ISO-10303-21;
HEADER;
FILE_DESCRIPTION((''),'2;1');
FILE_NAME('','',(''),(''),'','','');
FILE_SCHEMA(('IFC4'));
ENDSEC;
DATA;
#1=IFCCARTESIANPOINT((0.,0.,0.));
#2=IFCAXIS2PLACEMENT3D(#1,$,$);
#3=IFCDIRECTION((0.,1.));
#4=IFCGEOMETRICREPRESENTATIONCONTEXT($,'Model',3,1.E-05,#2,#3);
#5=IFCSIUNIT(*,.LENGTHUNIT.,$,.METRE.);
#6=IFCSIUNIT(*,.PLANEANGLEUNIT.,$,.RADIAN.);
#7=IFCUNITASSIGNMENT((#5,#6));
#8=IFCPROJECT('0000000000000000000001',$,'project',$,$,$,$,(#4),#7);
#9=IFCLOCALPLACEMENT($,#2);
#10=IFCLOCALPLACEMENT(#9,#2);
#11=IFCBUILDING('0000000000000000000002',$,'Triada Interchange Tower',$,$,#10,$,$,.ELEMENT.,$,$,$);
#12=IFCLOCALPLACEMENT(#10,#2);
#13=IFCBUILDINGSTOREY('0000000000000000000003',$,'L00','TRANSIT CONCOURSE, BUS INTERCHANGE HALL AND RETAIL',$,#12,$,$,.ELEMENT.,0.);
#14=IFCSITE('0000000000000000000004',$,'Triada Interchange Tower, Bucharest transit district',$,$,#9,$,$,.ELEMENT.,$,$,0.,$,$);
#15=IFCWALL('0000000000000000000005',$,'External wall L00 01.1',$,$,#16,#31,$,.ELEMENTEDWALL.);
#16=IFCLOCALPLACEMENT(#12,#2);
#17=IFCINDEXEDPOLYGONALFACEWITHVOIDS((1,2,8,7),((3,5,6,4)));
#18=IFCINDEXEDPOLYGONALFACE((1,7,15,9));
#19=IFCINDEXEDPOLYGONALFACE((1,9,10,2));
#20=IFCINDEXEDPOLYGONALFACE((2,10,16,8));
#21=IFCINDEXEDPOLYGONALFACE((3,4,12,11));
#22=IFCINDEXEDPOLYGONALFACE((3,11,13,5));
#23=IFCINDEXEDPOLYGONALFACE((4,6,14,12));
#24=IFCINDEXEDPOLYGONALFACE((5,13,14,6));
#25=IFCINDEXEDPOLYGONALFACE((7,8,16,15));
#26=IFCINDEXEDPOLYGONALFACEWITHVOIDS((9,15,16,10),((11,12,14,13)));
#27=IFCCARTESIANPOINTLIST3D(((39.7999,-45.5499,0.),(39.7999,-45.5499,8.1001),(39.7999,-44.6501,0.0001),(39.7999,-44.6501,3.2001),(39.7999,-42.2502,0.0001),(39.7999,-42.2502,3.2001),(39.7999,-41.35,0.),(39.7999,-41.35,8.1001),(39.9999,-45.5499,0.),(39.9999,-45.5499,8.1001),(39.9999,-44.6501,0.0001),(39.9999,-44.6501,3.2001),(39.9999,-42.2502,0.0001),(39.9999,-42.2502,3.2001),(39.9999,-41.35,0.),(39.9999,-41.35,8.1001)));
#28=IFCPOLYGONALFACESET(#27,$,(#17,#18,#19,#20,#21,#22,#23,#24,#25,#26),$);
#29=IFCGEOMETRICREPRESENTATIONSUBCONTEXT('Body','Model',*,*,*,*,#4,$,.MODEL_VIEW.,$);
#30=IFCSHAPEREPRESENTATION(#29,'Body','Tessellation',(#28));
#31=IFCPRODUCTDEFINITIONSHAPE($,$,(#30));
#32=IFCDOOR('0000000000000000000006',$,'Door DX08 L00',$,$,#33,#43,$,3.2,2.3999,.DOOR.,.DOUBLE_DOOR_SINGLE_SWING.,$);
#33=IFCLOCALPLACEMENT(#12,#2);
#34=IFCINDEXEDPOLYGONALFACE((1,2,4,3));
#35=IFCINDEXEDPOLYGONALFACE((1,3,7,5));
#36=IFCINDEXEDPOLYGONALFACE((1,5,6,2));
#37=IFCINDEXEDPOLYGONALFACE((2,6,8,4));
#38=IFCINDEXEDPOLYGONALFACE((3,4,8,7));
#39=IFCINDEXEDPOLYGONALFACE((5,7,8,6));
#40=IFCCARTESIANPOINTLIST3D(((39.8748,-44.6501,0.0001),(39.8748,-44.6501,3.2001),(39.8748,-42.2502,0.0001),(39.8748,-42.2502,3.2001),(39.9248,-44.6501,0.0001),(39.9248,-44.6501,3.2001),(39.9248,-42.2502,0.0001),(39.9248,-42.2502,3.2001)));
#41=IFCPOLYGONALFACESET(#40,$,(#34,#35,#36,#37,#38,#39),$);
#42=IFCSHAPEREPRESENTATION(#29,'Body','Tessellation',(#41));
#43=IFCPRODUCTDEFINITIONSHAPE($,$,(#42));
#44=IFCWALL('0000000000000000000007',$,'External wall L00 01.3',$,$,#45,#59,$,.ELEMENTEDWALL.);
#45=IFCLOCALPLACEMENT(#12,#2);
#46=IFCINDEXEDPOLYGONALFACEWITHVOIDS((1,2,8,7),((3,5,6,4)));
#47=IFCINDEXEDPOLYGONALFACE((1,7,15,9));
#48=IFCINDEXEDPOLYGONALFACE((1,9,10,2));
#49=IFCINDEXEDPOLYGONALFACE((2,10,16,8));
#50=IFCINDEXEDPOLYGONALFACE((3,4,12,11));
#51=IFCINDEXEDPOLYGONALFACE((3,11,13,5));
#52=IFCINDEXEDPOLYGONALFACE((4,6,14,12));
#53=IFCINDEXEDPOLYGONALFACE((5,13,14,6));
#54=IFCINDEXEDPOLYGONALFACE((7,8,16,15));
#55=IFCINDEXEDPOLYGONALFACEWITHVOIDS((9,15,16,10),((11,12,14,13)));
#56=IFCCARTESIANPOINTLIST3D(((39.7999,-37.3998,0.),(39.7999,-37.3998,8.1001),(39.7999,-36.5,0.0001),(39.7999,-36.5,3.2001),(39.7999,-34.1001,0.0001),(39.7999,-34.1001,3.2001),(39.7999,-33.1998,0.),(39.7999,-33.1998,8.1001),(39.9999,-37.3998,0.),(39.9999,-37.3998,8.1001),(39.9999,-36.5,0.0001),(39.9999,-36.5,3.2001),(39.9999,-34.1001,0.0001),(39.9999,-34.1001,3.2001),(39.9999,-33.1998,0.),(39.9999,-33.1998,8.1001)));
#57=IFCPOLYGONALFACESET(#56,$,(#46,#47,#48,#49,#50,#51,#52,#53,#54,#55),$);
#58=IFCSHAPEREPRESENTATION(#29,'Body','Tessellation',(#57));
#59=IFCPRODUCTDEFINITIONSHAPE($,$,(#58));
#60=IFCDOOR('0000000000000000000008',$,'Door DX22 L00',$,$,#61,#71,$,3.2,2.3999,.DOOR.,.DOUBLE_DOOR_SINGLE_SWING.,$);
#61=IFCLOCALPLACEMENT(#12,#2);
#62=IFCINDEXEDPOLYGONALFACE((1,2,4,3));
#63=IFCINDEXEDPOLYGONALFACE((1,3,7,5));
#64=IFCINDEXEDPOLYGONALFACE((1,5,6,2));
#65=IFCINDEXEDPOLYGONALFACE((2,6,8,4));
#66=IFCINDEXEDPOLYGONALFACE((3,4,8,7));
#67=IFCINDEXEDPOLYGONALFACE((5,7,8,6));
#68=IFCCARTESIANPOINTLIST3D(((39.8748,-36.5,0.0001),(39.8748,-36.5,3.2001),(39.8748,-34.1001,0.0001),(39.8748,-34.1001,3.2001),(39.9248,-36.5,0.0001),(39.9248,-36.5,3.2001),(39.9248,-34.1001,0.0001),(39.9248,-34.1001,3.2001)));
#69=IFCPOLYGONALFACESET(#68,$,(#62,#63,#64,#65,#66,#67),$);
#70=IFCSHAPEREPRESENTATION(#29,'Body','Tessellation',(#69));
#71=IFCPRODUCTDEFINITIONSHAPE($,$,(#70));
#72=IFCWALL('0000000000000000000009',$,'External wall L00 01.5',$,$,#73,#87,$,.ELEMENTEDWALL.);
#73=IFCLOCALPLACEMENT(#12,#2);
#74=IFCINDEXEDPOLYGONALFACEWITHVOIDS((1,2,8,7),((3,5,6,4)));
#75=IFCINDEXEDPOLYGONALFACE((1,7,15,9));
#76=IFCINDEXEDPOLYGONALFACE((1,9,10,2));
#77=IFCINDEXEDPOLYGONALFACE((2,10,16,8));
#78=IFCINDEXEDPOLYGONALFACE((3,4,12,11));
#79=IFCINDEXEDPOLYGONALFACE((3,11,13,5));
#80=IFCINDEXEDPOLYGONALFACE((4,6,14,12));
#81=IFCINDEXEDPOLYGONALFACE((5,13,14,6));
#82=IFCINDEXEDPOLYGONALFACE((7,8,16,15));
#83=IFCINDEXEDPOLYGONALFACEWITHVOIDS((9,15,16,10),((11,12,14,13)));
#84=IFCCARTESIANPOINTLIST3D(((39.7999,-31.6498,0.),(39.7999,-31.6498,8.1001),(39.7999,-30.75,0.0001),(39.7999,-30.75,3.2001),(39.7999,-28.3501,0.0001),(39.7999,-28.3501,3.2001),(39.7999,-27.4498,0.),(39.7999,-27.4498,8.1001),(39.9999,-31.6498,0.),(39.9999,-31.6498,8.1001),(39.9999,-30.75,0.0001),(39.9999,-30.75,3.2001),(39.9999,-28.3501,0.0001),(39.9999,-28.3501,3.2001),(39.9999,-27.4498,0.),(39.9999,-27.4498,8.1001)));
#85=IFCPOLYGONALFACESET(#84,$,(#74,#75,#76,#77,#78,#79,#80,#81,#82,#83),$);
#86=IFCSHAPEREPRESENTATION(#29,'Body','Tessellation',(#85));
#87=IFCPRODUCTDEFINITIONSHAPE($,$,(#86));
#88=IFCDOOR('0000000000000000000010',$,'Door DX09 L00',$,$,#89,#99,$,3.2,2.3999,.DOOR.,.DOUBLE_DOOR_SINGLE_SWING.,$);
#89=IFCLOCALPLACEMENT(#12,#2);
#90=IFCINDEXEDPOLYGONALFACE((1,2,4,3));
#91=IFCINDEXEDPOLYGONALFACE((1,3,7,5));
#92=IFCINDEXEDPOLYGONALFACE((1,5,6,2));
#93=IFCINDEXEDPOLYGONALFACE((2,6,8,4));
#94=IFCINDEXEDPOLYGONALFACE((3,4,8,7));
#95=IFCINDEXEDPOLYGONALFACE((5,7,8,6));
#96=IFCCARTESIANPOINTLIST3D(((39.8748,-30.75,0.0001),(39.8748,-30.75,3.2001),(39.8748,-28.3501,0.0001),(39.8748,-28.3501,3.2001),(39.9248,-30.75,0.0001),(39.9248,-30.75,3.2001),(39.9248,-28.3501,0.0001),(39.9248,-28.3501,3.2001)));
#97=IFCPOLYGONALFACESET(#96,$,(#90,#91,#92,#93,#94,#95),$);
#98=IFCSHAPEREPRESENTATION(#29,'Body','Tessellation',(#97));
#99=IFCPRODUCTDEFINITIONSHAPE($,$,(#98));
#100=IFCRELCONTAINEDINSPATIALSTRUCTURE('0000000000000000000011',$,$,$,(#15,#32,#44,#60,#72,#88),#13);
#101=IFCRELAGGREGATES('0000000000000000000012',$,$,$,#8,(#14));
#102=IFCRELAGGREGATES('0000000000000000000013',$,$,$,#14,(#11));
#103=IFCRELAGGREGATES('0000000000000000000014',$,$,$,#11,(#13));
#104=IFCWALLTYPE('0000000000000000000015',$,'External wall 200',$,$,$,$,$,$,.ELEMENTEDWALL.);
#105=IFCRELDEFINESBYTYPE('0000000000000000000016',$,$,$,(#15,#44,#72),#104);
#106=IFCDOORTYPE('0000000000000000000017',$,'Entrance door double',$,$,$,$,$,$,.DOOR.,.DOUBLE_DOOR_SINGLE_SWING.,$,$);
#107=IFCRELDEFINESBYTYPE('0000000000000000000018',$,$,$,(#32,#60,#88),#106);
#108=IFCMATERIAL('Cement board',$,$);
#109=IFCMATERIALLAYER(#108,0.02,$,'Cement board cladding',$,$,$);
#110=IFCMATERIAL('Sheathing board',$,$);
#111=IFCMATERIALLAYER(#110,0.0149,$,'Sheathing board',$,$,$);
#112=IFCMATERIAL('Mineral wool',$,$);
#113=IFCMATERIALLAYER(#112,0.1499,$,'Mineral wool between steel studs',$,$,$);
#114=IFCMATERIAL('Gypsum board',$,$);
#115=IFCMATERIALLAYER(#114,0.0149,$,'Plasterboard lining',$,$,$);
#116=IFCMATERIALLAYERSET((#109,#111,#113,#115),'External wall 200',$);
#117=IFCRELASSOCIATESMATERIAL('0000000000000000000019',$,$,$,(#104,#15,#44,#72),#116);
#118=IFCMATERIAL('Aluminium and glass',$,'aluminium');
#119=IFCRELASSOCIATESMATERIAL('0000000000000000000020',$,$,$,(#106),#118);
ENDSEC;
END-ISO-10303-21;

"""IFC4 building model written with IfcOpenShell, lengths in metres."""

from ifc_helpers import new_model, si_unit, direction, frame, frame_2d, origin, place, context, subcontext, project, spatial, rectangle, extrude, material, layer, layer_set, layer_usage, type_object, element, fill, save


model = new_model("IFC4")

# Units and contexts
model_context = context("Model", 3, precision=1e-05, world=origin(), true_north=direction((0.0, 1.0)))
body_context = subcontext(model_context, "Body", "Model", "MODEL_VIEW")
ifc_project = project(units=[si_unit("LENGTHUNIT", "METRE"), si_unit("PLANEANGLEUNIT", "RADIAN")], contexts=[model_context])

# Site, building, storey
site_placement = place(None, origin())
site = spatial("IfcSite", under=ifc_project, at=site_placement, Name="Triada Interchange Tower, Bucharest transit district", CompositionType="ELEMENT", RefElevation=0.0)
building_placement = place(site_placement, origin())
building = spatial("IfcBuilding", under=site, at=building_placement, Name="Triada Interchange Tower", CompositionType="ELEMENT")
storey_placement = place(building_placement, origin())
storey = spatial("IfcBuildingStorey", under=building, at=storey_placement, Name="L00", Description="TRANSIT CONCOURSE, BUS INTERCHANGE HALL AND RETAIL", CompositionType="ELEMENT", Elevation=0.0)

# Walls, openings, doors
ifc_material_1 = material(Name="Cement board")
ifc_layer_1 = layer(ifc_material_1, 0.02, Name="Cement board cladding")
ifc_material_2 = material(Name="Sheathing board")
ifc_layer_2 = layer(ifc_material_2, 0.0149, Name="Sheathing board")
ifc_material_3 = material(Name="Mineral wool")
ifc_layer_3 = layer(ifc_material_3, 0.1499, Name="Mineral wool between steel studs")
ifc_material_4 = material(Name="Gypsum board")
ifc_layer_4 = layer(ifc_material_4, 0.0149, Name="Plasterboard lining")
ifc_layer_set_1 = layer_set([ifc_layer_1, ifc_layer_2, ifc_layer_3, ifc_layer_4], Name="External wall 200")
ifc_layer_usage = layer_usage(ifc_layer_set_1, "AXIS2", "POSITIVE", -0.1001)
wall_type = type_object("IfcWallType", Name="External wall 200", PredefinedType="ELEMENTEDWALL", material=ifc_layer_set_1)
wall_1_placement = place(storey_placement, frame((39.8999, -45.55, 0.0), z_axis=(0.0, 0.0, 1.0), x_axis=(0.0, 1.0, 0.0)))
wall_1 = element("IfcWall", 1, at=wall_1_placement, inside=storey, type_object=wall_type, material=ifc_layer_usage, Name="External wall L00 01.1", PredefinedType="ELEMENTEDWALL", context=body_context, shape_type="SweptSolid", body=[
    extrude(rectangle(XDim=4.2, YDim=0.2, at=frame_2d((2.1001, 0.0))), origin(), (0.0, 0.0, 1.0), 8.1001),
])
opening_1_placement = place(wall_1_placement, frame((0.8999, 0.0, 0.0)))
opening_1 = element("IfcOpeningElement", 2, at=opening_1_placement, cuts=wall_1, PredefinedType="OPENING", context=body_context, shape_type="SweptSolid", body=[
    extrude(rectangle(XDim=2.3999, YDim=3.2, at=frame_2d((1.2, 1.6001))), frame((0.0, 0.1099, 0.0), z_axis=(0.0, -1.0, 0.0), x_axis=(1.0, 0.0, 0.0)), (0.0, 0.0, 1.0), 0.22),
])
ifc_material_5 = material(Name="Aluminium and glass", Category="aluminium")
door_type = type_object("IfcDoorType", Name="Entrance door double", OperationType="DOUBLE_DOOR_SINGLE_SWING", PredefinedType="DOOR", material=ifc_material_5)
door_1_placement = place(opening_1_placement, frame((2.3999, 0.0, 0.0), z_axis=(0.0, 0.0, 1.0), x_axis=(-1.0, 0.0, 0.0)))
door_1 = element("IfcDoor", 3, at=door_1_placement, inside=storey, type_object=door_type, Name="Door DX08 L00", OperationType="DOUBLE_DOOR_SINGLE_SWING", OverallHeight=3.2, OverallWidth=2.3999, PredefinedType="DOOR", context=body_context, shape_type="SweptSolid", body=[
    extrude(rectangle(XDim=2.3999, YDim=3.2, at=frame_2d((1.2, 1.6001))), frame((0.0, 0.0249, 0.0), z_axis=(0.0, -1.0, 0.0), x_axis=(1.0, 0.0, 0.0)), (0.0, 0.0, 1.0), 0.05),
])
fill(opening_1, door_1)
wall_2_placement = place(storey_placement, frame((39.8999, -37.3999, 0.0), z_axis=(0.0, 0.0, 1.0), x_axis=(0.0, 1.0, 0.0)))
wall_2 = element("IfcWall", 4, at=wall_2_placement, inside=storey, type_object=wall_type, material=ifc_layer_usage, Name="External wall L00 01.3", PredefinedType="ELEMENTEDWALL", context=body_context, shape_type="SweptSolid", body=[
    extrude(rectangle(XDim=4.2, YDim=0.2, at=frame_2d((2.1001, 0.0))), origin(), (0.0, 0.0, 1.0), 8.1001),
])
opening_2_placement = place(wall_2_placement, frame((0.8999, 0.0, 0.0)))
opening_2 = element("IfcOpeningElement", 5, at=opening_2_placement, cuts=wall_2, PredefinedType="OPENING", context=body_context, shape_type="SweptSolid", body=[
    extrude(rectangle(XDim=2.3999, YDim=3.2, at=frame_2d((1.2, 1.6001))), frame((0.0, 0.1099, 0.0), z_axis=(0.0, -1.0, 0.0), x_axis=(1.0, 0.0, 0.0)), (0.0, 0.0, 1.0), 0.22),
])
door_2_placement = place(opening_2_placement, frame((2.3999, 0.0, 0.0), z_axis=(0.0, 0.0, 1.0), x_axis=(-1.0, 0.0, 0.0)))
door_2 = element("IfcDoor", 6, at=door_2_placement, inside=storey, type_object=door_type, Name="Door DX22 L00", OperationType="DOUBLE_DOOR_SINGLE_SWING", OverallHeight=3.2, OverallWidth=2.3999, PredefinedType="DOOR", context=body_context, shape_type="SweptSolid", body=[
    extrude(rectangle(XDim=2.3999, YDim=3.2, at=frame_2d((1.2, 1.6001))), frame((0.0, 0.0249, 0.0), z_axis=(0.0, -1.0, 0.0), x_axis=(1.0, 0.0, 0.0)), (0.0, 0.0, 1.0), 0.05),
])
fill(opening_2, door_2)
wall_3_placement = place(storey_placement, frame((39.8999, -31.6499, 0.0), z_axis=(0.0, 0.0, 1.0), x_axis=(0.0, 1.0, 0.0)))
wall_3 = element("IfcWall", 7, at=wall_3_placement, inside=storey, type_object=wall_type, material=ifc_layer_usage, Name="External wall L00 01.5", PredefinedType="ELEMENTEDWALL", context=body_context, shape_type="SweptSolid", body=[
    extrude(rectangle(XDim=4.2, YDim=0.2, at=frame_2d((2.1001, 0.0))), origin(), (0.0, 0.0, 1.0), 8.1001),
])
opening_3_placement = place(wall_3_placement, frame((0.8999, 0.0, 0.0)))
opening_3 = element("IfcOpeningElement", 8, at=opening_3_placement, cuts=wall_3, PredefinedType="OPENING", context=body_context, shape_type="SweptSolid", body=[
    extrude(rectangle(XDim=2.3999, YDim=3.2, at=frame_2d((1.2, 1.6001))), frame((0.0, 0.1099, 0.0), z_axis=(0.0, -1.0, 0.0), x_axis=(1.0, 0.0, 0.0)), (0.0, 0.0, 1.0), 0.22),
])
door_3_placement = place(opening_3_placement, frame((2.3999, 0.0, 0.0), z_axis=(0.0, 0.0, 1.0), x_axis=(-1.0, 0.0, 0.0)))
door_3 = element("IfcDoor", 9, at=door_3_placement, inside=storey, type_object=door_type, Name="Door DX09 L00", OperationType="DOUBLE_DOOR_SINGLE_SWING", OverallHeight=3.2, OverallWidth=2.3999, PredefinedType="DOOR", context=body_context, shape_type="SweptSolid", body=[
    extrude(rectangle(XDim=2.3999, YDim=3.2, at=frame_2d((1.2, 1.6001))), frame((0.0, 0.0249, 0.0), z_axis=(0.0, -1.0, 0.0), x_axis=(1.0, 0.0, 0.0)), (0.0, 0.0, 1.0), 0.05),
])
fill(opening_3, door_3)

save(model, "model.ifc")
